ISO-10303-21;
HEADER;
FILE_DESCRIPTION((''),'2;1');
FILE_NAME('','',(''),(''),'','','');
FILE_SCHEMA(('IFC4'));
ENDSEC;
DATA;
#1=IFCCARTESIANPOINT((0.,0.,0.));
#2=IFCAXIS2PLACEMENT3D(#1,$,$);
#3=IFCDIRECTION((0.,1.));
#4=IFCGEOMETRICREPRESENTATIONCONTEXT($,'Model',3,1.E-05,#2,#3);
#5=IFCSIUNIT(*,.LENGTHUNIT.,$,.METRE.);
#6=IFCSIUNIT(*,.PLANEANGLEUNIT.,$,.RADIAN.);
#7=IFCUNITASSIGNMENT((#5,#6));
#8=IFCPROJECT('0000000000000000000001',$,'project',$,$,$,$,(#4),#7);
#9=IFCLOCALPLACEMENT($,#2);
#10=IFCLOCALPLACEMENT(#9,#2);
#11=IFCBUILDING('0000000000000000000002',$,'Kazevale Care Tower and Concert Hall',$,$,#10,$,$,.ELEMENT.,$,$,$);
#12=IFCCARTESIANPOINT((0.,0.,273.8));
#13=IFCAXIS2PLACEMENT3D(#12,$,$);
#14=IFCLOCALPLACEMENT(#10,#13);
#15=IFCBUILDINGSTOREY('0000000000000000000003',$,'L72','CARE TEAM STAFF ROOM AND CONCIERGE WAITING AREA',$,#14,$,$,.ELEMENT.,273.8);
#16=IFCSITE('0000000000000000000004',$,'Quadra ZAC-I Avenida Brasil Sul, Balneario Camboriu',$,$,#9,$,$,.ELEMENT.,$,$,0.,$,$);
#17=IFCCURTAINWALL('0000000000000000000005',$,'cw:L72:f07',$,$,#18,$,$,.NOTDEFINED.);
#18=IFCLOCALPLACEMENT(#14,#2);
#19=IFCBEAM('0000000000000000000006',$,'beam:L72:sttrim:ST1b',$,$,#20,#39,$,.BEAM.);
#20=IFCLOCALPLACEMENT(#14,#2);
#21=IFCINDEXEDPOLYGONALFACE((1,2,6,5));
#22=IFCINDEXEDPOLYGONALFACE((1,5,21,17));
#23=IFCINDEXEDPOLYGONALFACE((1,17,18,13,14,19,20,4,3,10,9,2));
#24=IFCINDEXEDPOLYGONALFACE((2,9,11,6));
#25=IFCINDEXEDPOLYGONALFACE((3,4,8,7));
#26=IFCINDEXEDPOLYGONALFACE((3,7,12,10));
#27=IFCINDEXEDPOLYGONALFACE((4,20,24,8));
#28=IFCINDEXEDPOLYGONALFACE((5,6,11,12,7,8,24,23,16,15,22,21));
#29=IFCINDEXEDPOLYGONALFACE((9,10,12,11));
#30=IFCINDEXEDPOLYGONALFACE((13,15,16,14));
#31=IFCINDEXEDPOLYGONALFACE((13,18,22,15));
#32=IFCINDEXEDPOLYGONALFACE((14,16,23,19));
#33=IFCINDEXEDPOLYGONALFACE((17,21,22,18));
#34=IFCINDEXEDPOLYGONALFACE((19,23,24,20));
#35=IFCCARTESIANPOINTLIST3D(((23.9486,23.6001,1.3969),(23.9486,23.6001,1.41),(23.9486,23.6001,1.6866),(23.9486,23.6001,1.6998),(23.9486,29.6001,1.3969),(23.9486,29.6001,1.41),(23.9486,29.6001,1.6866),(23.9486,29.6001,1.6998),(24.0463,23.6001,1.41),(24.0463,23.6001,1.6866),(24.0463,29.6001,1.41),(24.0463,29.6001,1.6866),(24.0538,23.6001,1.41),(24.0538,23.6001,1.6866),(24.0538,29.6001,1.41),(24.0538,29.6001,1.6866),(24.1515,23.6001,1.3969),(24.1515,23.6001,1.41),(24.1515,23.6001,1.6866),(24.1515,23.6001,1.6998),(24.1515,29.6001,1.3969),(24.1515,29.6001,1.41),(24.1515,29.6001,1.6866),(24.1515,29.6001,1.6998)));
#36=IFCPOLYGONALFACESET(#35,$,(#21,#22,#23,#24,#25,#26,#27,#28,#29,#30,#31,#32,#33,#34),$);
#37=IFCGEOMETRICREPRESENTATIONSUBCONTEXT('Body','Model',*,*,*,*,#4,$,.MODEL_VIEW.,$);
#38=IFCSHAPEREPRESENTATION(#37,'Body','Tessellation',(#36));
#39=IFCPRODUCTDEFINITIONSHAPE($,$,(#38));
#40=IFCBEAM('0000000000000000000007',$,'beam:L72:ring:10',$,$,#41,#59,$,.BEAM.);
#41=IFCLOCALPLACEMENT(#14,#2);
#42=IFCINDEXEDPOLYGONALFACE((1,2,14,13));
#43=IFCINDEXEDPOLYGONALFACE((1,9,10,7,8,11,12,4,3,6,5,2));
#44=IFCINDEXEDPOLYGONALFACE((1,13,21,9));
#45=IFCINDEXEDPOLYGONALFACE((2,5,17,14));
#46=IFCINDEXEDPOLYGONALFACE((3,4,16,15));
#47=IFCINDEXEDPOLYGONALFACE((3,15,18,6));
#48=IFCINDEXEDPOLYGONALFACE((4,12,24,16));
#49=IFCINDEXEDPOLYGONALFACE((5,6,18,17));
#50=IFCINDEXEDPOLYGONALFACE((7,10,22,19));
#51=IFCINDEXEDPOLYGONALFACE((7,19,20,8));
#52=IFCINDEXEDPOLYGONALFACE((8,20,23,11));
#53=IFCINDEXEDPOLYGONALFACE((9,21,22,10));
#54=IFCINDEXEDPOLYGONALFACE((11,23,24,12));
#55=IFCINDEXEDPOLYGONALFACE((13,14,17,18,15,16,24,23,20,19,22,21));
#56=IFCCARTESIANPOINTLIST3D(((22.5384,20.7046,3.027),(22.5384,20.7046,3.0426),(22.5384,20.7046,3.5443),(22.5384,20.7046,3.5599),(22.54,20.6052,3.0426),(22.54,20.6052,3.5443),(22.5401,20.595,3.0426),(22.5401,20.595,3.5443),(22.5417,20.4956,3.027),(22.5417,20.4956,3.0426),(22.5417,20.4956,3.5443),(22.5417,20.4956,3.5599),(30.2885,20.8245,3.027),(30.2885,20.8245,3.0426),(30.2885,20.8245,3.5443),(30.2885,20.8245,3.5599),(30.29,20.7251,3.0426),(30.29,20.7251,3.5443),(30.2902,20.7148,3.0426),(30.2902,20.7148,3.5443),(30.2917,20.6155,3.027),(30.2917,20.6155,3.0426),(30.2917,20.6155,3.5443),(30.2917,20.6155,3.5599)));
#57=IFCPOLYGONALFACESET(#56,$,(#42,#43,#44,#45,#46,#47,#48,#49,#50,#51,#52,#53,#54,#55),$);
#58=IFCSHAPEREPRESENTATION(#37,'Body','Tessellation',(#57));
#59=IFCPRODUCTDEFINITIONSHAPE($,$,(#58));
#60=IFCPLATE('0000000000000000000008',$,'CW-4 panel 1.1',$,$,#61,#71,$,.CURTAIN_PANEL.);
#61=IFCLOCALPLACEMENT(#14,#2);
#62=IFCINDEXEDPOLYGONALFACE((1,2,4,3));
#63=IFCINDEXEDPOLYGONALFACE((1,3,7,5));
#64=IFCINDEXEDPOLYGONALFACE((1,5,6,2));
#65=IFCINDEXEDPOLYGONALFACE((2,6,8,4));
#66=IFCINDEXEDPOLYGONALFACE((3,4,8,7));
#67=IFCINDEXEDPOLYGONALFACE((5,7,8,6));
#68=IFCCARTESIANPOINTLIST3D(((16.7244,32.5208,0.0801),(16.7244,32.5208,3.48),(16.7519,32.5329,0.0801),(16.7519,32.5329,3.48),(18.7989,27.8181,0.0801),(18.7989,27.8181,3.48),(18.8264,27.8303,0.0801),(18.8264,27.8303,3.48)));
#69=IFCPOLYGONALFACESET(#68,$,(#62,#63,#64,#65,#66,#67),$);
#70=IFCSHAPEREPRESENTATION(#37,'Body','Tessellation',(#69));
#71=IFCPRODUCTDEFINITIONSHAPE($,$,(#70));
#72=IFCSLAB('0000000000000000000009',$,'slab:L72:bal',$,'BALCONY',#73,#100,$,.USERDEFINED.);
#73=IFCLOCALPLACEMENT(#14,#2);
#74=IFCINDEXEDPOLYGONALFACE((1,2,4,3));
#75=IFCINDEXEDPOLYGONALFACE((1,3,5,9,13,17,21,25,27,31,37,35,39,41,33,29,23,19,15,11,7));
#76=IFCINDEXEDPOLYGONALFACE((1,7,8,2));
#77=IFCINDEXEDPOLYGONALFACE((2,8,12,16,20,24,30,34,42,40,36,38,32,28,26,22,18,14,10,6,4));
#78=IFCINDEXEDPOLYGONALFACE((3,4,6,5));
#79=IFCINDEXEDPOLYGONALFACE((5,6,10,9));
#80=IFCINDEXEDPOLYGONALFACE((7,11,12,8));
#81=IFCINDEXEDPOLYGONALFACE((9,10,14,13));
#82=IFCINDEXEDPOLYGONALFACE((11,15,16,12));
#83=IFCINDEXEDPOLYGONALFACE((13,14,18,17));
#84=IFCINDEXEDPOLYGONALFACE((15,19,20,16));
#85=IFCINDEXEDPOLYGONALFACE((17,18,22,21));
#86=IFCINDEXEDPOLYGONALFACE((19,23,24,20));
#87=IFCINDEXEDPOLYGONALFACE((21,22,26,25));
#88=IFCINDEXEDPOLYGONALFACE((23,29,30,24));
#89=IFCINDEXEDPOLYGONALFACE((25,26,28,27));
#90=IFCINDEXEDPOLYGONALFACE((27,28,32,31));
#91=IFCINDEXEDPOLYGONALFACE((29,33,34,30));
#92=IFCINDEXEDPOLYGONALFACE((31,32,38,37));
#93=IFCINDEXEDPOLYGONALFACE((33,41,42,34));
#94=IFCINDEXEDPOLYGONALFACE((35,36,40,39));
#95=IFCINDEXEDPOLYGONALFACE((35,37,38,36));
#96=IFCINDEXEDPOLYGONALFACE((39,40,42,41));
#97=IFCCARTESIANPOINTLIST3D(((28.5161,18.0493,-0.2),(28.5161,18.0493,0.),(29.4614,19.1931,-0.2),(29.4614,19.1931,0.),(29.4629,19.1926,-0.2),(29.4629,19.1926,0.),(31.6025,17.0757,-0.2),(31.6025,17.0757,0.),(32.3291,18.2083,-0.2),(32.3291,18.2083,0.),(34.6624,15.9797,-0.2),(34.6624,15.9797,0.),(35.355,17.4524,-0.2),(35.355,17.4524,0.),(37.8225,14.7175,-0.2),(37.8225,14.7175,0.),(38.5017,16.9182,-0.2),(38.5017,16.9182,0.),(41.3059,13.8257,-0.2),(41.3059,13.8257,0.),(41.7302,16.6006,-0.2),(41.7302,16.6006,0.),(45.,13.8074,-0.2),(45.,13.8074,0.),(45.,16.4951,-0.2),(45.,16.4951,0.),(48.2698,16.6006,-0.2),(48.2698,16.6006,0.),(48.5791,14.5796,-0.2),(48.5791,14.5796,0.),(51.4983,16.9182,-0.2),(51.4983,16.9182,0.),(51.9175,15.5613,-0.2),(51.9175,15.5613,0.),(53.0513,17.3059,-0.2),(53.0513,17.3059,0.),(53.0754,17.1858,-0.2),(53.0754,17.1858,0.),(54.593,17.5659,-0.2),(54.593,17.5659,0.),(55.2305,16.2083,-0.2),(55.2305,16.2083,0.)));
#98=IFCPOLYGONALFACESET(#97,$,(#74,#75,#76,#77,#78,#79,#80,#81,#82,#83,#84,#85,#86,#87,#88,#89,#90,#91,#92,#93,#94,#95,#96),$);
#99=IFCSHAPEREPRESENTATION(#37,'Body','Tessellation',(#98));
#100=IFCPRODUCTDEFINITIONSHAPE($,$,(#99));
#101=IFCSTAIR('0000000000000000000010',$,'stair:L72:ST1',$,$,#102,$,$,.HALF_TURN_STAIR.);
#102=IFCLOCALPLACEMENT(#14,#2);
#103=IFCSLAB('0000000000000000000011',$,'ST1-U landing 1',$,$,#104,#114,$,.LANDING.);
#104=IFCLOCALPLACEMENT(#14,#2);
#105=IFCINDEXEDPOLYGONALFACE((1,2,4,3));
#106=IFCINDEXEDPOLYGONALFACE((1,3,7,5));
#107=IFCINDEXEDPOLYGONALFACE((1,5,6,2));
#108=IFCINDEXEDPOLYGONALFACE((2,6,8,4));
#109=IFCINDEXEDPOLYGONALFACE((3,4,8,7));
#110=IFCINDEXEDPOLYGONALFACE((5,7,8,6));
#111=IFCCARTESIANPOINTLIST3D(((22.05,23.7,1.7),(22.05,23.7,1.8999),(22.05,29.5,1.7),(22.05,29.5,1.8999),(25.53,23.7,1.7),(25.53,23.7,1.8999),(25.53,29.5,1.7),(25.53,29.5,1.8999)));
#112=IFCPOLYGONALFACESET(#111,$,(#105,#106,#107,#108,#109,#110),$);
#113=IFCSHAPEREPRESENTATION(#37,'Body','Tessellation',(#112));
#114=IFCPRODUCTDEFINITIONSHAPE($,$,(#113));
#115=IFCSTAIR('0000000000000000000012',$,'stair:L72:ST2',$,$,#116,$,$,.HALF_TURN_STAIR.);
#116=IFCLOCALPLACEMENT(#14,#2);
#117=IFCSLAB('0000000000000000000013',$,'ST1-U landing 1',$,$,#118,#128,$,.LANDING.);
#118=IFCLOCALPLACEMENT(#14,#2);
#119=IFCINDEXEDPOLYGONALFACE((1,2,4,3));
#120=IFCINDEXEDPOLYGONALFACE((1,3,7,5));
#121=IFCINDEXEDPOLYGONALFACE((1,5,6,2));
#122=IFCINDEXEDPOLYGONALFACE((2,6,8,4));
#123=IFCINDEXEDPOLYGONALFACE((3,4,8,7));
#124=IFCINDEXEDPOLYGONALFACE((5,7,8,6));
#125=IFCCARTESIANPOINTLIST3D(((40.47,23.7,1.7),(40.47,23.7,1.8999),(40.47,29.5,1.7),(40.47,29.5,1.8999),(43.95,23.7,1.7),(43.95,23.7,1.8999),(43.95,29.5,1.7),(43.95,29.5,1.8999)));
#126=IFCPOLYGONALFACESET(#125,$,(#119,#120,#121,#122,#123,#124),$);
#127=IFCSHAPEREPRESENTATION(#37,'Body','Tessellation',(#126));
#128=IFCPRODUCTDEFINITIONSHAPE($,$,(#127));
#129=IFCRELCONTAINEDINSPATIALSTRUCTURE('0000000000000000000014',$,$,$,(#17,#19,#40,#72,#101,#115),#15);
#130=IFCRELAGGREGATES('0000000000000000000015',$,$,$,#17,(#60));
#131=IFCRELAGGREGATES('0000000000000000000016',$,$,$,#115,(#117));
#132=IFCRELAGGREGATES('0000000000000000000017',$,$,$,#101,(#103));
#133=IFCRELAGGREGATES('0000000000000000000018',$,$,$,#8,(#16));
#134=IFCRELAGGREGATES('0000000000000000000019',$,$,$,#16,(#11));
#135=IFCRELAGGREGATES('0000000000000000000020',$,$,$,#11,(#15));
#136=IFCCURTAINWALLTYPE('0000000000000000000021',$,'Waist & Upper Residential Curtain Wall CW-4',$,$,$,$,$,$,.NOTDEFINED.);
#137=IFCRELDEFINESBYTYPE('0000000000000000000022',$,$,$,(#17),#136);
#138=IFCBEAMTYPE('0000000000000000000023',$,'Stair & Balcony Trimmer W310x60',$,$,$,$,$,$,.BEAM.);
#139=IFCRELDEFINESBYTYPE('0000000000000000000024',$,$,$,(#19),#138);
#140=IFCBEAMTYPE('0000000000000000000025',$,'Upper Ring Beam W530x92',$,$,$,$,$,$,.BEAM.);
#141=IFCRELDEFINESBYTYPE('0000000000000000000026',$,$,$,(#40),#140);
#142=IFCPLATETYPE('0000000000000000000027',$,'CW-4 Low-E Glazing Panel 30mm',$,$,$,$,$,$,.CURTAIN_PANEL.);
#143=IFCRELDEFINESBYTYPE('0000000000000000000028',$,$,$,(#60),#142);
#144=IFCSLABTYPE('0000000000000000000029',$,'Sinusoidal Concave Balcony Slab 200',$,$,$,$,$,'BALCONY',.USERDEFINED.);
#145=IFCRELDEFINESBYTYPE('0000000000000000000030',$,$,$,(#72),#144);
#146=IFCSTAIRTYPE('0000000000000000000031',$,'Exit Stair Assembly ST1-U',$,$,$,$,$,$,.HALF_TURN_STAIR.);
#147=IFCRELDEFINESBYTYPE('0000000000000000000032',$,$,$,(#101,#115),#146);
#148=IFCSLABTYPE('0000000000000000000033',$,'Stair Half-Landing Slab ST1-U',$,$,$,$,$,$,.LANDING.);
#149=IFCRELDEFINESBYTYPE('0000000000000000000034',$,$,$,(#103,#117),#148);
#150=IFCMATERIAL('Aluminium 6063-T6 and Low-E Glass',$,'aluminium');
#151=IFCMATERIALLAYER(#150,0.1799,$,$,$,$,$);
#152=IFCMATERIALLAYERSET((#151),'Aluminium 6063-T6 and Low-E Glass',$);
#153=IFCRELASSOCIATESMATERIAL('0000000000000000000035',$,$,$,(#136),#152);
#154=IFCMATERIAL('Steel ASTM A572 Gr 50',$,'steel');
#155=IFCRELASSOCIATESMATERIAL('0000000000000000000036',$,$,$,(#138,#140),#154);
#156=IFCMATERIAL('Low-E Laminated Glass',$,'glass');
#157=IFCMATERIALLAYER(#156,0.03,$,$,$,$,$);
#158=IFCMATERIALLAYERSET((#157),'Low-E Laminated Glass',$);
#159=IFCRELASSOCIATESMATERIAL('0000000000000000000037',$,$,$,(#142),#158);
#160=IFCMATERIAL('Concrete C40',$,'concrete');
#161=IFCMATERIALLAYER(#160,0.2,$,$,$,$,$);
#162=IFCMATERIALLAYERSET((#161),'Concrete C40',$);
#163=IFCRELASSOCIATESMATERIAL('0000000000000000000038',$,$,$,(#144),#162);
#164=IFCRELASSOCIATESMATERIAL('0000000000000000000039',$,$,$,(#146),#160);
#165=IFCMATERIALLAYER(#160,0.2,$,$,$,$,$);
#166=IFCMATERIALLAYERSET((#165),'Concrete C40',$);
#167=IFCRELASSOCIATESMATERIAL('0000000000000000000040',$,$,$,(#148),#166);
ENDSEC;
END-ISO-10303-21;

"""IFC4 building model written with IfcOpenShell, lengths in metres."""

from ifc_helpers import new_model, si_unit, direction, frame, origin, origin_2d, place, context, subcontext, project, spatial, polyline, rectangle, i_section, outline, extrude, material, layer, layer_set, material_profile, profile_set, type_object, element, aggregate, save


model = new_model("IFC4")

# Units and contexts
model_context = context("Model", 3, precision=1e-05, world=origin(), true_north=direction((0.0, 1.0)))
body_context = subcontext(model_context, "Body", "Model", "MODEL_VIEW")
ifc_project = project(units=[si_unit("LENGTHUNIT", "METRE"), si_unit("PLANEANGLEUNIT", "RADIAN")], contexts=[model_context])

# Site, building, storey
site_placement = place(None, origin())
site = spatial("IfcSite", under=ifc_project, at=site_placement, Name="Quadra ZAC-I Avenida Brasil Sul, Balneario Camboriu", CompositionType="ELEMENT", RefElevation=0.0)
building_placement = place(site_placement, origin())
building = spatial("IfcBuilding", under=site, at=building_placement, Name="Kazevale Care Tower and Concert Hall", CompositionType="ELEMENT")
storey_placement = place(building_placement, frame((0.0, 0.0, 273.8)))
storey = spatial("IfcBuildingStorey", under=building, at=storey_placement, Name="L72", Description="CARE TEAM STAFF ROOM AND CONCIERGE WAITING AREA", CompositionType="ELEMENT", Elevation=273.8)

# Curtain wall
ifc_material_1 = material(Name="Aluminium 6063-T6 and Low-E Glass", Category="aluminium")
ifc_layer_1 = layer(ifc_material_1, 0.1799)
ifc_layer_set_1 = layer_set([ifc_layer_1], Name="Aluminium 6063-T6 and Low-E Glass")
curtain_wall_type = type_object("IfcCurtainWallType", Name="Waist & Upper Residential Curtain Wall CW-4", PredefinedType="NOTDEFINED", material=ifc_layer_set_1)
curtain_wall_1_placement = place(storey_placement, origin())
curtain_wall_1 = element("IfcCurtainWall", 1, at=curtain_wall_1_placement, inside=storey, type_object=curtain_wall_type, Name="cw:L72:f07", PredefinedType="NOTDEFINED")

# Beams
ifc_material_2 = material(Name="Steel ASTM A572 Gr 50", Category="steel")
ifc_material_profile_1 = material_profile(ifc_material_2, i_section(OverallWidth=0.2029, OverallDepth=0.303, WebThickness=0.0076, FlangeThickness=0.0132, at=origin_2d()), Name="W310x60")
ifc_profile_set_1 = profile_set([ifc_material_profile_1], Name="Steel ASTM A572 Gr 50")
beam_type_1 = type_object("IfcBeamType", Name="Stair & Balcony Trimmer W310x60", PredefinedType="BEAM", material=ifc_profile_set_1)
for number, where, z_axis, x_axis, name in (
    (2, (24.05, 23.6001, 1.5483), (0.0, 1.0, 0.0), (-1.0, 0.0, 0.0), "beam:L72:sttrim:ST1b"),
):
    element("IfcBeam", number, at=place(storey_placement, frame(where, z_axis=z_axis, x_axis=x_axis)), inside=storey, type_object=beam_type_1, Name=name, PredefinedType="BEAM", context=body_context, shape_type="SweptSolid", body=[
        extrude(i_section(OverallWidth=0.2029, OverallDepth=0.303, WebThickness=0.0076, FlangeThickness=0.0132, at=origin_2d()), origin(), (0.0, 0.0, 1.0), 6.0),
    ])
ifc_material_profile_2 = material_profile(ifc_material_2, i_section(OverallWidth=0.209, OverallDepth=0.533, WebThickness=0.0103, FlangeThickness=0.0156, at=origin_2d()), Name="W530x92")
ifc_profile_set_2 = profile_set([ifc_material_profile_2], Name="Steel ASTM A572 Gr 50")
beam_type_2 = type_object("IfcBeamType", Name="Upper Ring Beam W530x92", PredefinedType="BEAM", material=ifc_profile_set_2)
beam_1_placement = place(storey_placement, frame((22.54, 20.6001, 3.2935), z_axis=(0.99988, 0.015466, 0.0), x_axis=(-0.015466, 0.99988, 0.0)))
element("IfcBeam", 3, at=beam_1_placement, inside=storey, type_object=beam_type_2, Name="beam:L72:ring:10", PredefinedType="BEAM", context=body_context, shape_type="SweptSolid", body=[
    extrude(i_section(OverallWidth=0.209, OverallDepth=0.533, WebThickness=0.0103, FlangeThickness=0.0156, at=origin_2d()), origin(), (0.0, 0.0, 1.0), 7.751),
])

# Plate
ifc_material_3 = material(Name="Low-E Laminated Glass", Category="glass")
ifc_layer_2 = layer(ifc_material_3, 0.03)
ifc_layer_set_2 = layer_set([ifc_layer_2], Name="Low-E Laminated Glass")
plate_type = type_object("IfcPlateType", Name="CW-4 Low-E Glazing Panel 30mm", PredefinedType="CURTAIN_PANEL", material=ifc_layer_set_2)
plate_placement = place(storey_placement, frame((17.7754, 30.1755, 0.0801), z_axis=(0.0, 0.0, 1.0), x_axis=(-0.403598, 0.914936, 0.0)))
plate = element("IfcPlate", 4, at=plate_placement, type_object=plate_type, Name="CW-4 panel 1.1", PredefinedType="CURTAIN_PANEL", context=body_context, shape_type="SweptSolid", body=[
    extrude(rectangle(XDim=5.1399, YDim=0.03, at=origin_2d()), origin(), (0.0, 0.0, 1.0), 3.3999),
])
aggregate(curtain_wall_1, [plate])

# Slab
ifc_material_4 = material(Name="Concrete C40", Category="concrete")
ifc_layer_3 = layer(ifc_material_4, 0.2)
ifc_layer_set_3 = layer_set([ifc_layer_3], Name="Concrete C40")
slab_type_1 = type_object("IfcSlabType", Name="Sinusoidal Concave Balcony Slab 200", ElementType="BALCONY", PredefinedType="USERDEFINED", material=ifc_layer_set_3)
slab_1_placement = place(storey_placement, frame((0.0, 0.0, -0.2)))
element("IfcSlab", 5, at=slab_1_placement, inside=storey, type_object=slab_type_1, Name="slab:L72:bal", ObjectType="BALCONY", PredefinedType="USERDEFINED", context=body_context, shape_type="SweptSolid", body=[
    extrude(outline(polyline([(54.593, 17.5659), (55.2305, 16.2083), (51.9175, 15.5613), (48.5791, 14.5796), (45.0, 13.8074), (41.3059, 13.8257), (37.8225, 14.7175), (34.6624, 15.9797), (31.6025, 17.0757), (28.5161, 18.0493), (29.4614, 19.1931), (29.4629, 19.1926), (32.3291, 18.2083), (35.355, 17.4524), (38.5017, 16.9182), (41.7302, 16.6006), (45.0, 16.4951), (48.2698, 16.6006), (51.4983, 16.9182), (53.0754, 17.1858), (53.0513, 17.3059), (54.593, 17.5659)])), origin(), (0.0, 0.0, 1.0), 0.2),
])

# Stairs, slabs
stair_type = type_object("IfcStairType", Name="Exit Stair Assembly ST1-U", PredefinedType="HALF_TURN_STAIR", material=ifc_material_4)
stair_1_placement = place(storey_placement, origin())
stair_1 = element("IfcStair", 6, at=stair_1_placement, inside=storey, type_object=stair_type, Name="stair:L72:ST1", PredefinedType="HALF_TURN_STAIR")
ifc_layer_4 = layer(ifc_material_4, 0.2)
ifc_layer_set_4 = layer_set([ifc_layer_4], Name="Concrete C40")
slab_type_2 = type_object("IfcSlabType", Name="Stair Half-Landing Slab ST1-U", PredefinedType="LANDING", material=ifc_layer_set_4)
slab_2_placement = place(storey_placement, frame((0.0, 0.0, 1.7)))
slab_2 = element("IfcSlab", 7, at=slab_2_placement, type_object=slab_type_2, Name="ST1-U landing 1", PredefinedType="LANDING", context=body_context, shape_type="SweptSolid", body=[
    extrude(outline(polyline([(22.05, 23.7), (25.53, 23.7), (25.53, 29.5), (22.05, 29.5), (22.05, 23.7)])), origin(), (0.0, 0.0, 1.0), 0.2),
])
stair_2_placement = place(storey_placement, origin())
stair_2 = element("IfcStair", 8, at=stair_2_placement, inside=storey, type_object=stair_type, Name="stair:L72:ST2", PredefinedType="HALF_TURN_STAIR")
slab_3_placement = place(storey_placement, frame((0.0, 0.0, 1.7)))
slab_3 = element("IfcSlab", 9, at=slab_3_placement, type_object=slab_type_2, Name="ST1-U landing 1", PredefinedType="LANDING", context=body_context, shape_type="SweptSolid", body=[
    extrude(outline(polyline([(40.47, 23.7), (43.95, 23.7), (43.95, 29.5), (40.47, 29.5), (40.47, 23.7)])), origin(), (0.0, 0.0, 1.0), 0.2),
])
aggregate(stair_2, [slab_3])

aggregate(stair_1, [slab_2])

save(model, "model.ifc")
